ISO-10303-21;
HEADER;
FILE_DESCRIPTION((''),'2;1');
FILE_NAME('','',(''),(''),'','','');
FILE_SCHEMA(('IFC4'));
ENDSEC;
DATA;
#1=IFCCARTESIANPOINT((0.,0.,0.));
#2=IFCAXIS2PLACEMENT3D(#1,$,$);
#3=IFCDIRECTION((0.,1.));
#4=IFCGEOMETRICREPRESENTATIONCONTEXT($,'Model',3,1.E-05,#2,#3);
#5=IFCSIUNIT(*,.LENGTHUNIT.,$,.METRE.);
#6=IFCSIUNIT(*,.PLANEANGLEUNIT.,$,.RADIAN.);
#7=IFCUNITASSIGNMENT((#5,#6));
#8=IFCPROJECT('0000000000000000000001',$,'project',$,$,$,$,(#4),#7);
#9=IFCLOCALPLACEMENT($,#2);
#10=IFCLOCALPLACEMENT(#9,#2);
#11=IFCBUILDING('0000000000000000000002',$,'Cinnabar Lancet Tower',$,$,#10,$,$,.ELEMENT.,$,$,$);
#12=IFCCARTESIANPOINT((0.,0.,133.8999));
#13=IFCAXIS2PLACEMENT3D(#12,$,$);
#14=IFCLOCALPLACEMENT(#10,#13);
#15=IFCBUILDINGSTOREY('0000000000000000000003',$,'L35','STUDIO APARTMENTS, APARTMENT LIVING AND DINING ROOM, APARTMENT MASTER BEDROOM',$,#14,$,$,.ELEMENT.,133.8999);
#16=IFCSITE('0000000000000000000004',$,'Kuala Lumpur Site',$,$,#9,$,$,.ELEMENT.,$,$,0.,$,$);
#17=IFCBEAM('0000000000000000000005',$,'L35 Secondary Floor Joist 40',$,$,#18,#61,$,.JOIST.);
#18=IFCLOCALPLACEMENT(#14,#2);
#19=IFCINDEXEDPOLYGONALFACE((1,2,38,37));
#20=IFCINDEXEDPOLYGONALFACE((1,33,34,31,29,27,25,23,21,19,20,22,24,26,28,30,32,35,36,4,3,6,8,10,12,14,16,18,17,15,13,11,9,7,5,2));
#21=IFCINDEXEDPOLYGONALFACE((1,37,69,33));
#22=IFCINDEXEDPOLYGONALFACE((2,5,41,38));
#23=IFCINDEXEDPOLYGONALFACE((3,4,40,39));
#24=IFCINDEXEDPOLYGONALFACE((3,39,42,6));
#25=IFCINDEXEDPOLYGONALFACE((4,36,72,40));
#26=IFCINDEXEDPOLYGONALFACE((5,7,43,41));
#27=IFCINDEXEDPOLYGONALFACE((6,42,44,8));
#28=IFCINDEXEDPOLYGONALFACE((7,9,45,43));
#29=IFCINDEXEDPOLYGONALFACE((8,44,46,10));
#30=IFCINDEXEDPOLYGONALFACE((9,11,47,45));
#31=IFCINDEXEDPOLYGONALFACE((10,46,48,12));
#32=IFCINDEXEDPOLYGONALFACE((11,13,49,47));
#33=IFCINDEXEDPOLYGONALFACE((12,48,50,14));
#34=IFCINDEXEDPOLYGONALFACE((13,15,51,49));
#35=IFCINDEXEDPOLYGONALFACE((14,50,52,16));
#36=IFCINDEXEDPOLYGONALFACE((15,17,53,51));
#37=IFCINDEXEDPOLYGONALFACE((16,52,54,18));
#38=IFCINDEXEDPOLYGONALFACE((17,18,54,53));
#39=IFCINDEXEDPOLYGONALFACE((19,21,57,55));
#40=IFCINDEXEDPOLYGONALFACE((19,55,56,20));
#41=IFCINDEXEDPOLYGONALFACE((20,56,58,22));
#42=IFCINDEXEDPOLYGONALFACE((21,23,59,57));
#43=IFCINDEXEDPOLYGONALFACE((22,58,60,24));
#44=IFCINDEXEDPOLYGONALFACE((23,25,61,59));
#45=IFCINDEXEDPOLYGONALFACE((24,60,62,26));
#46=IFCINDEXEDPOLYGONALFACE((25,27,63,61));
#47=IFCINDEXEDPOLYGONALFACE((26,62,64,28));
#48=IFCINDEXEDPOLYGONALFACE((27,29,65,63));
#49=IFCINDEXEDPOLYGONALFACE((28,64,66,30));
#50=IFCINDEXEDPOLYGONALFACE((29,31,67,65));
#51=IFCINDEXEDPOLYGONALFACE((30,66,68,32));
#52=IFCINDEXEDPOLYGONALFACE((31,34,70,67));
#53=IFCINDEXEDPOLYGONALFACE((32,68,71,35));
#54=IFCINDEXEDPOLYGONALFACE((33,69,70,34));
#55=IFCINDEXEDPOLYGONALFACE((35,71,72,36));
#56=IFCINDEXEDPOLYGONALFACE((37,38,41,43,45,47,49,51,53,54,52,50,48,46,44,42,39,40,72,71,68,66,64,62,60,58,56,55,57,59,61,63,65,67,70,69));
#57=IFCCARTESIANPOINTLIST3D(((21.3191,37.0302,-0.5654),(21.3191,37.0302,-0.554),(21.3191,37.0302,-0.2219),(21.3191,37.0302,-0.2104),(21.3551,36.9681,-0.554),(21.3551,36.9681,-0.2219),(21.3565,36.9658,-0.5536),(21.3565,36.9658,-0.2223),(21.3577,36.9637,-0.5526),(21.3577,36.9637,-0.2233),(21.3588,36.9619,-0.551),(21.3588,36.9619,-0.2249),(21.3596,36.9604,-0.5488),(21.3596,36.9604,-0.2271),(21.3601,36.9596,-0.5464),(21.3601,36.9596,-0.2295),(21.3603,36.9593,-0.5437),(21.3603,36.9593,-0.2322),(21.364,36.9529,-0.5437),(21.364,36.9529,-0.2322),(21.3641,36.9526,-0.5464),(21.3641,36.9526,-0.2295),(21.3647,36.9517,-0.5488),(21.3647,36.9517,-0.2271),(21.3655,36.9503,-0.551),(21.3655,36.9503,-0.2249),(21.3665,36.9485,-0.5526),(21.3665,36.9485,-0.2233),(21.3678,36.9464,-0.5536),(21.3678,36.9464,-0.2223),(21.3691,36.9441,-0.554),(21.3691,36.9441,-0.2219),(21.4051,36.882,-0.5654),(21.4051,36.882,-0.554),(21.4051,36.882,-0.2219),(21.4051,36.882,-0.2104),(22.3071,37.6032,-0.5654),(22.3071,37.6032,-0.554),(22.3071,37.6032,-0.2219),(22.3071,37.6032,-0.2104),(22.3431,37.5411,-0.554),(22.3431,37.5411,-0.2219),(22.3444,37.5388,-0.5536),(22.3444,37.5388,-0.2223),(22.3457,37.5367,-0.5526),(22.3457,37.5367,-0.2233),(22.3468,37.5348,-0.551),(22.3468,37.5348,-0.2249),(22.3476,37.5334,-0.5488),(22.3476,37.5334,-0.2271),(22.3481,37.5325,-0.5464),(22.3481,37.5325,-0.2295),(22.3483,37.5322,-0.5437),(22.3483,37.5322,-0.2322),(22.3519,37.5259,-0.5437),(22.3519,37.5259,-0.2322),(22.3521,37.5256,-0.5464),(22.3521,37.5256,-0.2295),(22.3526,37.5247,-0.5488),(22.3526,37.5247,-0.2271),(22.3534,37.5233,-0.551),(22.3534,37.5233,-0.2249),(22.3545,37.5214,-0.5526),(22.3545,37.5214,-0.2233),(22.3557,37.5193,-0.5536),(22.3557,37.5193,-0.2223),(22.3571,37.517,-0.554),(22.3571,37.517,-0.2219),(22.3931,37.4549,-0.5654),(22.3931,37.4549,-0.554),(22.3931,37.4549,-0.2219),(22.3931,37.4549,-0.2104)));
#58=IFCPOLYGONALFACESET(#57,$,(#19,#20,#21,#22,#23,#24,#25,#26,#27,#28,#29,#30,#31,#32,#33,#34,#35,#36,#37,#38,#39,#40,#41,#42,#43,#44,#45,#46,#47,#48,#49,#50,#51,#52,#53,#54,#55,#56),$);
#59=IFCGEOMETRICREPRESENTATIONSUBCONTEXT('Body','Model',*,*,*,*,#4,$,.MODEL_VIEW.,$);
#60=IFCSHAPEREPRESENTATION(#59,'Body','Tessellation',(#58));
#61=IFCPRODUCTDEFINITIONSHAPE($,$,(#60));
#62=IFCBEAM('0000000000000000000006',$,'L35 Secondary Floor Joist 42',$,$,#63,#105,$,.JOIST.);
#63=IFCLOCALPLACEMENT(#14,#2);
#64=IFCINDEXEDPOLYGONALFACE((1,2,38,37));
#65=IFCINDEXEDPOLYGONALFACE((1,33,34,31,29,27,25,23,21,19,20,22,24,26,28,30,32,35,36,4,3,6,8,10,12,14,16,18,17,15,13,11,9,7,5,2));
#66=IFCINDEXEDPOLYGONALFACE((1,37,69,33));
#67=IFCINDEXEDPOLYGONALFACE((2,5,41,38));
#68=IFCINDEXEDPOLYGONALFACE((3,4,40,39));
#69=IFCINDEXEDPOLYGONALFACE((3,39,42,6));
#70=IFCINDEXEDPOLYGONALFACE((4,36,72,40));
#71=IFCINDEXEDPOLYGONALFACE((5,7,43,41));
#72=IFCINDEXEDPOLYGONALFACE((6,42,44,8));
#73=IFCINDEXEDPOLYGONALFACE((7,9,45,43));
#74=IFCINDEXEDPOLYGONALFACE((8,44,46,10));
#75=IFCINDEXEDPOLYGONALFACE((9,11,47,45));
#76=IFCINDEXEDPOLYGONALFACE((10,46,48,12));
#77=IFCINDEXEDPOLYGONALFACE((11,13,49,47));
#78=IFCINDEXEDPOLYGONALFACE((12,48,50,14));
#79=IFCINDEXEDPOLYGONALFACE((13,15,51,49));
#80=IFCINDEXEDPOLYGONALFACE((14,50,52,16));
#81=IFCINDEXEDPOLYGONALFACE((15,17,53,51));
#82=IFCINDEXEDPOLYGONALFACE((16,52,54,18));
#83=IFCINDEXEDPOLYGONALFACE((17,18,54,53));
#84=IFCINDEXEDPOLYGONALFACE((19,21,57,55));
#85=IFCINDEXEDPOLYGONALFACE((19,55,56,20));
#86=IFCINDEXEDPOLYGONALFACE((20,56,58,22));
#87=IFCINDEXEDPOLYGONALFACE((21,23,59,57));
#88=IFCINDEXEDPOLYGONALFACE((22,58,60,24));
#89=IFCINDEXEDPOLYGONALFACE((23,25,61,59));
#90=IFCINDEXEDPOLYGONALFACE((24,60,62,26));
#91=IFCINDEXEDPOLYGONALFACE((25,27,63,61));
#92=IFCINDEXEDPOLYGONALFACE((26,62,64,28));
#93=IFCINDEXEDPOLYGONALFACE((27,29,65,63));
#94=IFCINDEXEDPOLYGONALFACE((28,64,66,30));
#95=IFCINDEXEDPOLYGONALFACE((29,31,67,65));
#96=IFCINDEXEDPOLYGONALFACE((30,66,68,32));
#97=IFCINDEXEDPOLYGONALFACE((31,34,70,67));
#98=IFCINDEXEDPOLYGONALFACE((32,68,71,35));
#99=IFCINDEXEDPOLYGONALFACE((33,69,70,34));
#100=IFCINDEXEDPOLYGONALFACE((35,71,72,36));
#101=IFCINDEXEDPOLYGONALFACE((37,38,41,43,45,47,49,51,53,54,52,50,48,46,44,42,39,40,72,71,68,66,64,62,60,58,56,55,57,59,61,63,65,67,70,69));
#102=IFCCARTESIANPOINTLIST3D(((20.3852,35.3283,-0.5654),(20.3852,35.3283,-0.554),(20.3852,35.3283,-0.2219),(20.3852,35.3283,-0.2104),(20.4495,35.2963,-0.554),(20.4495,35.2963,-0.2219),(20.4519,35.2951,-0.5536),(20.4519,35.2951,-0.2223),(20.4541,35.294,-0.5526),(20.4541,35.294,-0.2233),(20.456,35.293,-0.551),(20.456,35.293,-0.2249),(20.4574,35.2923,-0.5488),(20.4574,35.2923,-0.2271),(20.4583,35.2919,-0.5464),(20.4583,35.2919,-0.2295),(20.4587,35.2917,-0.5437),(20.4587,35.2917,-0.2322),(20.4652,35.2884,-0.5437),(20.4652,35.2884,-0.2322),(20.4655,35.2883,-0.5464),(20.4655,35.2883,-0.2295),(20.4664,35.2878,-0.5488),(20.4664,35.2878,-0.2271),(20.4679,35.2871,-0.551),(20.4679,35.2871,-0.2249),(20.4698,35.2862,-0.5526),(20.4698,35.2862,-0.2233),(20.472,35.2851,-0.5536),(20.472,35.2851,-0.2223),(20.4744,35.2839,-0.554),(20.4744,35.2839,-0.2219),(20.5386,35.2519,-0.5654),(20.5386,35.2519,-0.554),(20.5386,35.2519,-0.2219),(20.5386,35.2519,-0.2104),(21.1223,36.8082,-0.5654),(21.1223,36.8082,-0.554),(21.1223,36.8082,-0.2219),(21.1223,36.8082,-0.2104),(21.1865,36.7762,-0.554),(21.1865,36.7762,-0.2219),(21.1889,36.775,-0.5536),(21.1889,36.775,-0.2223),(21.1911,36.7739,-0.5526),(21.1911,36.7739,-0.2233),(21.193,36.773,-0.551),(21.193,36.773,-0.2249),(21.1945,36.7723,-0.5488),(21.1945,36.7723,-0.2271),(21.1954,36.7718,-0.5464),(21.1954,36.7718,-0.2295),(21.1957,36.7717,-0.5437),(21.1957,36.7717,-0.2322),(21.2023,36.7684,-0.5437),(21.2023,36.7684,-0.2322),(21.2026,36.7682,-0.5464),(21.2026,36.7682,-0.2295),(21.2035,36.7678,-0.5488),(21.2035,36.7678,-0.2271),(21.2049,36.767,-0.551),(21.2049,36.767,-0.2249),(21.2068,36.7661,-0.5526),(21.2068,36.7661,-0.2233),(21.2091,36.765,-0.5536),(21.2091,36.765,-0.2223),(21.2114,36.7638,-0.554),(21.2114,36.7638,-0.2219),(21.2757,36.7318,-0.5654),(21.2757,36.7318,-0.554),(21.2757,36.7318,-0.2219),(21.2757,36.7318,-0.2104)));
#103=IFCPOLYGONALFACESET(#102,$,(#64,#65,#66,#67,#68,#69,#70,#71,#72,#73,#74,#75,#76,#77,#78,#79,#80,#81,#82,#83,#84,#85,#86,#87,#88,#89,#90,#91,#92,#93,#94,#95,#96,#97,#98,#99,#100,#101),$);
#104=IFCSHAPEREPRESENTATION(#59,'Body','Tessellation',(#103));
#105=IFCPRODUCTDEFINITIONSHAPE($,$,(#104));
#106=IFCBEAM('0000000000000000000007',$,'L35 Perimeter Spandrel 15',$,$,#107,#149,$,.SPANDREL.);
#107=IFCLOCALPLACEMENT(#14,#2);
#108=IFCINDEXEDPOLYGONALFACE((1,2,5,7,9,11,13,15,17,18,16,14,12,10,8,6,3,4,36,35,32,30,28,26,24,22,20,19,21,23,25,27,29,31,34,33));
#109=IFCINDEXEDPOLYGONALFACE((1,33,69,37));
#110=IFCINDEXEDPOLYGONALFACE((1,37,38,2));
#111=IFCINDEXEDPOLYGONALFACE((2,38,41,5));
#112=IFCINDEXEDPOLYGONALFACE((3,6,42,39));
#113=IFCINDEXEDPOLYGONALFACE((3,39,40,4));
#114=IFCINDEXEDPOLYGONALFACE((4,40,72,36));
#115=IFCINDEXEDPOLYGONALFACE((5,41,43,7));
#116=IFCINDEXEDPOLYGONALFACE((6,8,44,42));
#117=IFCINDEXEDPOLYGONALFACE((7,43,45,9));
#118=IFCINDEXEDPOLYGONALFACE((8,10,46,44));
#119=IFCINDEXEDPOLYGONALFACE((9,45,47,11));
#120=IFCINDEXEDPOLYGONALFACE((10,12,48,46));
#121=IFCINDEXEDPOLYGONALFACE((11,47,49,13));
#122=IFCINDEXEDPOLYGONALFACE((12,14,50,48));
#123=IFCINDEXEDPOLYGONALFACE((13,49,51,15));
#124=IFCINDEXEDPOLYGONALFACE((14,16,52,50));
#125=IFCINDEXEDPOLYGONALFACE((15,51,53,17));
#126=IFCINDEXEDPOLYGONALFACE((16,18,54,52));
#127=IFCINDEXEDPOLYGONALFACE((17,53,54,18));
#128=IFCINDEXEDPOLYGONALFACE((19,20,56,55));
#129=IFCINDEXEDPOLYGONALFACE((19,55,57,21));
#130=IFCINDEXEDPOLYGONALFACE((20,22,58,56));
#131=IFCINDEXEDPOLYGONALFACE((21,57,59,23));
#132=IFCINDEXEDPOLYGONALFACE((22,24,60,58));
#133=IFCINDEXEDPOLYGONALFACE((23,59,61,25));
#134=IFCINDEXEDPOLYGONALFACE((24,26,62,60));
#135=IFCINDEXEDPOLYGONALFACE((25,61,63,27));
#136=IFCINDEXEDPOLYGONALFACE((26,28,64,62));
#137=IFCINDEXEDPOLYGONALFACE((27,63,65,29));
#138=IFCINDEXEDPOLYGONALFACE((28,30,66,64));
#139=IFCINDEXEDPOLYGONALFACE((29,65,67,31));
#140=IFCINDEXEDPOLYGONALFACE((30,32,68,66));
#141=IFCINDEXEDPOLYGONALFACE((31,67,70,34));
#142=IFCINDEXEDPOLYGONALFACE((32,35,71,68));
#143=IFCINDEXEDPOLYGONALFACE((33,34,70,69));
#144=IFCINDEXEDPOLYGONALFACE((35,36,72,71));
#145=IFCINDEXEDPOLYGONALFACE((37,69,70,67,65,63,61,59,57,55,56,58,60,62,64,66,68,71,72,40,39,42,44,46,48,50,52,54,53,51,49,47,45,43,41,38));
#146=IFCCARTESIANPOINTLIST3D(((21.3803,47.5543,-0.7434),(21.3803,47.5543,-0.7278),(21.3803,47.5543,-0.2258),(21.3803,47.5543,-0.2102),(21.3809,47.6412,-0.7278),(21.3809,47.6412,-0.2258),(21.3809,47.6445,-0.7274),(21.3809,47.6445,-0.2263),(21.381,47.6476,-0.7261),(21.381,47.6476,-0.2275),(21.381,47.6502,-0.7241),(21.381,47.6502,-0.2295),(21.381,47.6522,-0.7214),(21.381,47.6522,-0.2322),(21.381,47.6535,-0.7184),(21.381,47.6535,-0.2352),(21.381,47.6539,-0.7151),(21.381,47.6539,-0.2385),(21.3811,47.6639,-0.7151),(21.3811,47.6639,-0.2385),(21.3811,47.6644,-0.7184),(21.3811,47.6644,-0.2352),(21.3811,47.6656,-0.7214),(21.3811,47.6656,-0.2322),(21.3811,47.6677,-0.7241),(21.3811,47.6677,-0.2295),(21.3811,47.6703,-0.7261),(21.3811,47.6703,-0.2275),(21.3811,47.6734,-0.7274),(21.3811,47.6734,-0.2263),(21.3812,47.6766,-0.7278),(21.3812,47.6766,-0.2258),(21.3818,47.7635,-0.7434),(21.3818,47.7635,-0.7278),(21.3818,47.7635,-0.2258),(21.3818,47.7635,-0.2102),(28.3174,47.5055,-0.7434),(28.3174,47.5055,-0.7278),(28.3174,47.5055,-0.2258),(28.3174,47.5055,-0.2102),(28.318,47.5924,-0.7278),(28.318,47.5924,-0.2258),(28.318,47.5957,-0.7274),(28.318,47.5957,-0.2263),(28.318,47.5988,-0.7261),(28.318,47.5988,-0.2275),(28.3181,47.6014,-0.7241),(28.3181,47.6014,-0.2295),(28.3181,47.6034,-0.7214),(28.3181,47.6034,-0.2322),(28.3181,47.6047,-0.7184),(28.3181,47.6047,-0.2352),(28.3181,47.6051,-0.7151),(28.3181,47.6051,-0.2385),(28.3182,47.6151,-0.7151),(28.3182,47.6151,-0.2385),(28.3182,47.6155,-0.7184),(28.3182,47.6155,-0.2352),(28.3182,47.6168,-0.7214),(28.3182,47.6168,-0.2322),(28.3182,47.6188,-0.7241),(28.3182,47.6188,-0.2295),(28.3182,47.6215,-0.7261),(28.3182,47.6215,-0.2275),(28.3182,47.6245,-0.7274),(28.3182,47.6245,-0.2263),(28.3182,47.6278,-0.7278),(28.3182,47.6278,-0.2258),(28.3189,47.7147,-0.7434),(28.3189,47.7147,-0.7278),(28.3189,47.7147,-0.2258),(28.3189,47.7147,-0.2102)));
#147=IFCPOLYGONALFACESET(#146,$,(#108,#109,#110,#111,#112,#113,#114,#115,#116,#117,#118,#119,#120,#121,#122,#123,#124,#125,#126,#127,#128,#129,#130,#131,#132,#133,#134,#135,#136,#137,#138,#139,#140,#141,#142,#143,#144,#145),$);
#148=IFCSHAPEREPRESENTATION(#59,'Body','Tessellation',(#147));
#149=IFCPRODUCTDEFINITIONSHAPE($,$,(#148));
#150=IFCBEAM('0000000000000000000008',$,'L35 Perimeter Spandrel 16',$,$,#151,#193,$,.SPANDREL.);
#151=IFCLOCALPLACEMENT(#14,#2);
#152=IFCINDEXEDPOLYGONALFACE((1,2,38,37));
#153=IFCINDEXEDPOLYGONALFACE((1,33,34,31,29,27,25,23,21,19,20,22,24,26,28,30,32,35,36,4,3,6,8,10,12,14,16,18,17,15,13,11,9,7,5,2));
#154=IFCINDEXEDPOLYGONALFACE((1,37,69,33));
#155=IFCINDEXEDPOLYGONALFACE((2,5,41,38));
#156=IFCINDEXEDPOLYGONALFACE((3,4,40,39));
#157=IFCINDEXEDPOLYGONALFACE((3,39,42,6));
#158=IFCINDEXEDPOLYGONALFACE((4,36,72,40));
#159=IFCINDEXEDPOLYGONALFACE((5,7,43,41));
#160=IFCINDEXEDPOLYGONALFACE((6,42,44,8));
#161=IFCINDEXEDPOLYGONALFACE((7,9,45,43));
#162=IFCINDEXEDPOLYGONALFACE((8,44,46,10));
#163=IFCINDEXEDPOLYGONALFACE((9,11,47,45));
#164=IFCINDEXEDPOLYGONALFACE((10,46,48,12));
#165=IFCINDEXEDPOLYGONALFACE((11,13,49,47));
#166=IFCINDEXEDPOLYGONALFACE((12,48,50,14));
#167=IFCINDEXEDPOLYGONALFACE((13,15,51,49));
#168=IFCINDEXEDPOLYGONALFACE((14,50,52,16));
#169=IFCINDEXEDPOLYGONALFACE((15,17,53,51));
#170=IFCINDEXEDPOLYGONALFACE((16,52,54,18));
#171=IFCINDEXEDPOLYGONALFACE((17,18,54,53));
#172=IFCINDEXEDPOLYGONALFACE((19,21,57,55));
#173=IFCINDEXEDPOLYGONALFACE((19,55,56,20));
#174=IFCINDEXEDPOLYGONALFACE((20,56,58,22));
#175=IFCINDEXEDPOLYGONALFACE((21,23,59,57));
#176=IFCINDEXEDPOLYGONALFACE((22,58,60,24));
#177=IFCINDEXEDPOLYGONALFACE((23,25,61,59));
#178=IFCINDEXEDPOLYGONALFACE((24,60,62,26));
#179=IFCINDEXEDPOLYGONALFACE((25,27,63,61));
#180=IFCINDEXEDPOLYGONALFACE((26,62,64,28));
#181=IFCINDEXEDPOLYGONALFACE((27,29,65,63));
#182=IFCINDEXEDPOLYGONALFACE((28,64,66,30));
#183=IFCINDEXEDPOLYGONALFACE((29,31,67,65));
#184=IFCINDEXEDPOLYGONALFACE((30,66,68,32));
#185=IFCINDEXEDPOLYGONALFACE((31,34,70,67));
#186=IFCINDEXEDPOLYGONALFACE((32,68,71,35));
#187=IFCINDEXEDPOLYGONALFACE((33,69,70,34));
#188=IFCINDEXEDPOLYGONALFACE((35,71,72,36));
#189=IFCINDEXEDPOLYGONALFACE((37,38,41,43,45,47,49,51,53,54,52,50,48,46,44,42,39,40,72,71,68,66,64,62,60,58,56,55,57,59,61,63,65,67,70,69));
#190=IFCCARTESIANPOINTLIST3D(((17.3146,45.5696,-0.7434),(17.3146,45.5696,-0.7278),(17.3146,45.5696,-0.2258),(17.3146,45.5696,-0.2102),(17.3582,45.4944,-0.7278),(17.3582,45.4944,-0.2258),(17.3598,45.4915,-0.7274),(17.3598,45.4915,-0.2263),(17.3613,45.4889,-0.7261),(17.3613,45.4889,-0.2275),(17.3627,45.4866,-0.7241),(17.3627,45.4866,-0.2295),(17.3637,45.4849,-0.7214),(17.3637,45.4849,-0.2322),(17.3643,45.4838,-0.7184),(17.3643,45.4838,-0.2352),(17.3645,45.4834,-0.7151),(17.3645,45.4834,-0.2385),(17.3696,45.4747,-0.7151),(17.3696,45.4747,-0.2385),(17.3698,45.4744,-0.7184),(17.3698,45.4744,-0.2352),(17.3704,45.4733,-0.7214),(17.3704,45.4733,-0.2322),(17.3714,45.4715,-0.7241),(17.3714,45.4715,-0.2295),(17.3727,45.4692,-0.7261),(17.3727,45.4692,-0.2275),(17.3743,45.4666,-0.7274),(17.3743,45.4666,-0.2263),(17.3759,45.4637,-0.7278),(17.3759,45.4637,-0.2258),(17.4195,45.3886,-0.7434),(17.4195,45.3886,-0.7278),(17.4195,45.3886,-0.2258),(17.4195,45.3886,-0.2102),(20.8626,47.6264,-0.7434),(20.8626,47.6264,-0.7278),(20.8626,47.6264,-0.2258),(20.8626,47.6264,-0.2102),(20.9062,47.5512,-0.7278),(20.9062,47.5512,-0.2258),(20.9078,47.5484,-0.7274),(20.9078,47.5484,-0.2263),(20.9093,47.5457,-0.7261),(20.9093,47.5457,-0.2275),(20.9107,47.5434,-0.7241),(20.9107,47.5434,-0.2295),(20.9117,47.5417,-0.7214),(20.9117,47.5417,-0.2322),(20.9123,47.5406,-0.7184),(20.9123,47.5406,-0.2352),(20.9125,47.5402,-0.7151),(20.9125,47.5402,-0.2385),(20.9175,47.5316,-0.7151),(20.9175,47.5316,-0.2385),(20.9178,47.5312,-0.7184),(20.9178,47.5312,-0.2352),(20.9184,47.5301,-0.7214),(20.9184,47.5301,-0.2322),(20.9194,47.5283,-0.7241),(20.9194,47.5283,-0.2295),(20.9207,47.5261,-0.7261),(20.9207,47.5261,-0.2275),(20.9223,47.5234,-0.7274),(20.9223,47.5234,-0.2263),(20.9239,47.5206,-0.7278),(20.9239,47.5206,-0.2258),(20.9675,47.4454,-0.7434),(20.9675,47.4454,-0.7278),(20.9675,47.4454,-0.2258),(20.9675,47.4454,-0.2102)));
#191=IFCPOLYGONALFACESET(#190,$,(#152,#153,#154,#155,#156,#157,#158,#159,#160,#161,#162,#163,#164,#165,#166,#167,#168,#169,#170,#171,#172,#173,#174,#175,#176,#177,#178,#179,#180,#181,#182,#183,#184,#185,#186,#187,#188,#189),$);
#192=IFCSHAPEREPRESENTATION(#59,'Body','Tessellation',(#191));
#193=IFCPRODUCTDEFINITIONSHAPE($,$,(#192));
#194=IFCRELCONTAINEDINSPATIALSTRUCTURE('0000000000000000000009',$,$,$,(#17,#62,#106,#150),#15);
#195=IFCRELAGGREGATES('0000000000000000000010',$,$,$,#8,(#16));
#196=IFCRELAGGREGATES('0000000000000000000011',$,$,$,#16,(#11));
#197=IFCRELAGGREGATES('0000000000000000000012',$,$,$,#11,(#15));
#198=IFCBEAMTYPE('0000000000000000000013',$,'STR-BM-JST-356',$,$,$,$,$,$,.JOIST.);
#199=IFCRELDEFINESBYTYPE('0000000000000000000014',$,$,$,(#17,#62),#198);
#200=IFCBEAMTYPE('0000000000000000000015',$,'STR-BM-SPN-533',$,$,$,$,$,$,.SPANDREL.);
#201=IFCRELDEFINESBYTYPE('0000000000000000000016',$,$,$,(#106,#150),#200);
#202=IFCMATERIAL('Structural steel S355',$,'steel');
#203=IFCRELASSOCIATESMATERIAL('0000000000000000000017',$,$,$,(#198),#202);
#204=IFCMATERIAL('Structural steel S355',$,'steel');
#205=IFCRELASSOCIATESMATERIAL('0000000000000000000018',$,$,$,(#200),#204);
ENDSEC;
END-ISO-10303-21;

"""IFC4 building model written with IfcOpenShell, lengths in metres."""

from ifc_helpers import new_model, si_unit, direction, frame, origin, origin_2d, place, context, subcontext, project, spatial, i_section, extrude, material, material_profile, profile_set, type_object, element, save


model = new_model("IFC4")

# Units and contexts
model_context = context("Model", 3, precision=1e-05, world=origin(), true_north=direction((0.0, 1.0)))
body_context = subcontext(model_context, "Body", "Model", "MODEL_VIEW")
ifc_project = project(units=[si_unit("LENGTHUNIT", "METRE"), si_unit("PLANEANGLEUNIT", "RADIAN")], contexts=[model_context])

# Site, building, storey
site_placement = place(None, origin())
site = spatial("IfcSite", under=ifc_project, at=site_placement, Name="Kuala Lumpur Site", CompositionType="ELEMENT", RefElevation=0.0)
building_placement = place(site_placement, origin())
building = spatial("IfcBuilding", under=site, at=building_placement, Name="Cinnabar Lancet Tower", CompositionType="ELEMENT")
storey_placement = place(building_placement, frame((0.0, 0.0, 133.8999)))
storey = spatial("IfcBuildingStorey", under=building, at=storey_placement, Name="L35", Description="STUDIO APARTMENTS, APARTMENT LIVING AND DINING ROOM, APARTMENT MASTER BEDROOM", CompositionType="ELEMENT", Elevation=133.8999)

# Beams
ifc_material_1 = material(Name="Structural steel S355", Category="steel")
ifc_material_profile_1 = material_profile(ifc_material_1, i_section(OverallWidth=0.1714, OverallDepth=0.355, WebThickness=0.0073, FlangeThickness=0.0115, FilletRadius=0.0103, at=origin_2d()), Name="UKB 356x171x51")
ifc_profile_set_1 = profile_set([ifc_material_profile_1], Name="Structural steel S355")
beam_type_1 = type_object("IfcBeamType", Name="STR-BM-JST-356", PredefinedType="JOIST", material=ifc_profile_set_1)
beam_1_placement = place(storey_placement, frame((22.3501, 37.5291, -0.3879), z_axis=(-0.865055, -0.501677, 0.0), x_axis=(0.501677, -0.865055, 0.0)))
element("IfcBeam", 1, at=beam_1_placement, inside=storey, type_object=beam_type_1, Name="L35 Secondary Floor Joist 40", PredefinedType="JOIST", context=body_context, shape_type="SweptSolid", body=[
    extrude(i_section(OverallWidth=0.1714, OverallDepth=0.355, WebThickness=0.0073, FlangeThickness=0.0115, FilletRadius=0.0103, at=origin_2d()), origin(), (0.0, 0.0, 1.0), 1.1421),
])
beam_2_placement = place(storey_placement, frame((21.199, 36.77, -0.3879), z_axis=(-0.445795, -0.895135, 0.0), x_axis=(0.895135, -0.445795, 0.0)))
element("IfcBeam", 2, at=beam_2_placement, inside=storey, type_object=beam_type_1, Name="L35 Secondary Floor Joist 42", PredefinedType="JOIST", context=body_context, shape_type="SweptSolid", body=[
    extrude(i_section(OverallWidth=0.1714, OverallDepth=0.355, WebThickness=0.0073, FlangeThickness=0.0115, FilletRadius=0.0103, at=origin_2d()), origin(), (0.0, 0.0, 1.0), 1.6533),
])
ifc_material_2 = material(Name="Structural steel S355", Category="steel")
ifc_material_profile_2 = material_profile(ifc_material_2, i_section(OverallWidth=0.2092, OverallDepth=0.5332, WebThickness=0.01, FlangeThickness=0.0156, FilletRadius=0.0127, at=origin_2d()), Name="UKB 533x210x92")
ifc_profile_set_2 = profile_set([ifc_material_profile_2], Name="Structural steel S355")
beam_type_2 = type_object("IfcBeamType", Name="STR-BM-SPN-533", PredefinedType="SPANDREL", material=ifc_profile_set_2)
beam_3_placement = place(storey_placement, frame((28.3181, 47.6101, -0.4768), z_axis=(-0.999975, 0.007039, 0.0), x_axis=(-0.007039, -0.999975, 0.0)))
element("IfcBeam", 3, at=beam_3_placement, inside=storey, type_object=beam_type_2, Name="L35 Perimeter Spandrel 15", PredefinedType="SPANDREL", context=body_context, shape_type="SweptSolid", body=[
    extrude(i_section(OverallWidth=0.2092, OverallDepth=0.5332, WebThickness=0.01, FlangeThickness=0.0156, FilletRadius=0.0127, at=origin_2d()), origin(), (0.0, 0.0, 1.0), 6.9373),
])
beam_4_placement = place(storey_placement, frame((20.915, 47.5359, -0.4768), z_axis=(-0.865138, -0.501534, 0.0), x_axis=(0.501534, -0.865138, 0.0)))
element("IfcBeam", 4, at=beam_4_placement, inside=storey, type_object=beam_type_2, Name="L35 Perimeter Spandrel 16", PredefinedType="SPANDREL", context=body_context, shape_type="SweptSolid", body=[
    extrude(i_section(OverallWidth=0.2092, OverallDepth=0.5332, WebThickness=0.01, FlangeThickness=0.0156, FilletRadius=0.0127, at=origin_2d()), origin(), (0.0, 0.0, 1.0), 4.1011),
])

save(model, "model.ifc")
